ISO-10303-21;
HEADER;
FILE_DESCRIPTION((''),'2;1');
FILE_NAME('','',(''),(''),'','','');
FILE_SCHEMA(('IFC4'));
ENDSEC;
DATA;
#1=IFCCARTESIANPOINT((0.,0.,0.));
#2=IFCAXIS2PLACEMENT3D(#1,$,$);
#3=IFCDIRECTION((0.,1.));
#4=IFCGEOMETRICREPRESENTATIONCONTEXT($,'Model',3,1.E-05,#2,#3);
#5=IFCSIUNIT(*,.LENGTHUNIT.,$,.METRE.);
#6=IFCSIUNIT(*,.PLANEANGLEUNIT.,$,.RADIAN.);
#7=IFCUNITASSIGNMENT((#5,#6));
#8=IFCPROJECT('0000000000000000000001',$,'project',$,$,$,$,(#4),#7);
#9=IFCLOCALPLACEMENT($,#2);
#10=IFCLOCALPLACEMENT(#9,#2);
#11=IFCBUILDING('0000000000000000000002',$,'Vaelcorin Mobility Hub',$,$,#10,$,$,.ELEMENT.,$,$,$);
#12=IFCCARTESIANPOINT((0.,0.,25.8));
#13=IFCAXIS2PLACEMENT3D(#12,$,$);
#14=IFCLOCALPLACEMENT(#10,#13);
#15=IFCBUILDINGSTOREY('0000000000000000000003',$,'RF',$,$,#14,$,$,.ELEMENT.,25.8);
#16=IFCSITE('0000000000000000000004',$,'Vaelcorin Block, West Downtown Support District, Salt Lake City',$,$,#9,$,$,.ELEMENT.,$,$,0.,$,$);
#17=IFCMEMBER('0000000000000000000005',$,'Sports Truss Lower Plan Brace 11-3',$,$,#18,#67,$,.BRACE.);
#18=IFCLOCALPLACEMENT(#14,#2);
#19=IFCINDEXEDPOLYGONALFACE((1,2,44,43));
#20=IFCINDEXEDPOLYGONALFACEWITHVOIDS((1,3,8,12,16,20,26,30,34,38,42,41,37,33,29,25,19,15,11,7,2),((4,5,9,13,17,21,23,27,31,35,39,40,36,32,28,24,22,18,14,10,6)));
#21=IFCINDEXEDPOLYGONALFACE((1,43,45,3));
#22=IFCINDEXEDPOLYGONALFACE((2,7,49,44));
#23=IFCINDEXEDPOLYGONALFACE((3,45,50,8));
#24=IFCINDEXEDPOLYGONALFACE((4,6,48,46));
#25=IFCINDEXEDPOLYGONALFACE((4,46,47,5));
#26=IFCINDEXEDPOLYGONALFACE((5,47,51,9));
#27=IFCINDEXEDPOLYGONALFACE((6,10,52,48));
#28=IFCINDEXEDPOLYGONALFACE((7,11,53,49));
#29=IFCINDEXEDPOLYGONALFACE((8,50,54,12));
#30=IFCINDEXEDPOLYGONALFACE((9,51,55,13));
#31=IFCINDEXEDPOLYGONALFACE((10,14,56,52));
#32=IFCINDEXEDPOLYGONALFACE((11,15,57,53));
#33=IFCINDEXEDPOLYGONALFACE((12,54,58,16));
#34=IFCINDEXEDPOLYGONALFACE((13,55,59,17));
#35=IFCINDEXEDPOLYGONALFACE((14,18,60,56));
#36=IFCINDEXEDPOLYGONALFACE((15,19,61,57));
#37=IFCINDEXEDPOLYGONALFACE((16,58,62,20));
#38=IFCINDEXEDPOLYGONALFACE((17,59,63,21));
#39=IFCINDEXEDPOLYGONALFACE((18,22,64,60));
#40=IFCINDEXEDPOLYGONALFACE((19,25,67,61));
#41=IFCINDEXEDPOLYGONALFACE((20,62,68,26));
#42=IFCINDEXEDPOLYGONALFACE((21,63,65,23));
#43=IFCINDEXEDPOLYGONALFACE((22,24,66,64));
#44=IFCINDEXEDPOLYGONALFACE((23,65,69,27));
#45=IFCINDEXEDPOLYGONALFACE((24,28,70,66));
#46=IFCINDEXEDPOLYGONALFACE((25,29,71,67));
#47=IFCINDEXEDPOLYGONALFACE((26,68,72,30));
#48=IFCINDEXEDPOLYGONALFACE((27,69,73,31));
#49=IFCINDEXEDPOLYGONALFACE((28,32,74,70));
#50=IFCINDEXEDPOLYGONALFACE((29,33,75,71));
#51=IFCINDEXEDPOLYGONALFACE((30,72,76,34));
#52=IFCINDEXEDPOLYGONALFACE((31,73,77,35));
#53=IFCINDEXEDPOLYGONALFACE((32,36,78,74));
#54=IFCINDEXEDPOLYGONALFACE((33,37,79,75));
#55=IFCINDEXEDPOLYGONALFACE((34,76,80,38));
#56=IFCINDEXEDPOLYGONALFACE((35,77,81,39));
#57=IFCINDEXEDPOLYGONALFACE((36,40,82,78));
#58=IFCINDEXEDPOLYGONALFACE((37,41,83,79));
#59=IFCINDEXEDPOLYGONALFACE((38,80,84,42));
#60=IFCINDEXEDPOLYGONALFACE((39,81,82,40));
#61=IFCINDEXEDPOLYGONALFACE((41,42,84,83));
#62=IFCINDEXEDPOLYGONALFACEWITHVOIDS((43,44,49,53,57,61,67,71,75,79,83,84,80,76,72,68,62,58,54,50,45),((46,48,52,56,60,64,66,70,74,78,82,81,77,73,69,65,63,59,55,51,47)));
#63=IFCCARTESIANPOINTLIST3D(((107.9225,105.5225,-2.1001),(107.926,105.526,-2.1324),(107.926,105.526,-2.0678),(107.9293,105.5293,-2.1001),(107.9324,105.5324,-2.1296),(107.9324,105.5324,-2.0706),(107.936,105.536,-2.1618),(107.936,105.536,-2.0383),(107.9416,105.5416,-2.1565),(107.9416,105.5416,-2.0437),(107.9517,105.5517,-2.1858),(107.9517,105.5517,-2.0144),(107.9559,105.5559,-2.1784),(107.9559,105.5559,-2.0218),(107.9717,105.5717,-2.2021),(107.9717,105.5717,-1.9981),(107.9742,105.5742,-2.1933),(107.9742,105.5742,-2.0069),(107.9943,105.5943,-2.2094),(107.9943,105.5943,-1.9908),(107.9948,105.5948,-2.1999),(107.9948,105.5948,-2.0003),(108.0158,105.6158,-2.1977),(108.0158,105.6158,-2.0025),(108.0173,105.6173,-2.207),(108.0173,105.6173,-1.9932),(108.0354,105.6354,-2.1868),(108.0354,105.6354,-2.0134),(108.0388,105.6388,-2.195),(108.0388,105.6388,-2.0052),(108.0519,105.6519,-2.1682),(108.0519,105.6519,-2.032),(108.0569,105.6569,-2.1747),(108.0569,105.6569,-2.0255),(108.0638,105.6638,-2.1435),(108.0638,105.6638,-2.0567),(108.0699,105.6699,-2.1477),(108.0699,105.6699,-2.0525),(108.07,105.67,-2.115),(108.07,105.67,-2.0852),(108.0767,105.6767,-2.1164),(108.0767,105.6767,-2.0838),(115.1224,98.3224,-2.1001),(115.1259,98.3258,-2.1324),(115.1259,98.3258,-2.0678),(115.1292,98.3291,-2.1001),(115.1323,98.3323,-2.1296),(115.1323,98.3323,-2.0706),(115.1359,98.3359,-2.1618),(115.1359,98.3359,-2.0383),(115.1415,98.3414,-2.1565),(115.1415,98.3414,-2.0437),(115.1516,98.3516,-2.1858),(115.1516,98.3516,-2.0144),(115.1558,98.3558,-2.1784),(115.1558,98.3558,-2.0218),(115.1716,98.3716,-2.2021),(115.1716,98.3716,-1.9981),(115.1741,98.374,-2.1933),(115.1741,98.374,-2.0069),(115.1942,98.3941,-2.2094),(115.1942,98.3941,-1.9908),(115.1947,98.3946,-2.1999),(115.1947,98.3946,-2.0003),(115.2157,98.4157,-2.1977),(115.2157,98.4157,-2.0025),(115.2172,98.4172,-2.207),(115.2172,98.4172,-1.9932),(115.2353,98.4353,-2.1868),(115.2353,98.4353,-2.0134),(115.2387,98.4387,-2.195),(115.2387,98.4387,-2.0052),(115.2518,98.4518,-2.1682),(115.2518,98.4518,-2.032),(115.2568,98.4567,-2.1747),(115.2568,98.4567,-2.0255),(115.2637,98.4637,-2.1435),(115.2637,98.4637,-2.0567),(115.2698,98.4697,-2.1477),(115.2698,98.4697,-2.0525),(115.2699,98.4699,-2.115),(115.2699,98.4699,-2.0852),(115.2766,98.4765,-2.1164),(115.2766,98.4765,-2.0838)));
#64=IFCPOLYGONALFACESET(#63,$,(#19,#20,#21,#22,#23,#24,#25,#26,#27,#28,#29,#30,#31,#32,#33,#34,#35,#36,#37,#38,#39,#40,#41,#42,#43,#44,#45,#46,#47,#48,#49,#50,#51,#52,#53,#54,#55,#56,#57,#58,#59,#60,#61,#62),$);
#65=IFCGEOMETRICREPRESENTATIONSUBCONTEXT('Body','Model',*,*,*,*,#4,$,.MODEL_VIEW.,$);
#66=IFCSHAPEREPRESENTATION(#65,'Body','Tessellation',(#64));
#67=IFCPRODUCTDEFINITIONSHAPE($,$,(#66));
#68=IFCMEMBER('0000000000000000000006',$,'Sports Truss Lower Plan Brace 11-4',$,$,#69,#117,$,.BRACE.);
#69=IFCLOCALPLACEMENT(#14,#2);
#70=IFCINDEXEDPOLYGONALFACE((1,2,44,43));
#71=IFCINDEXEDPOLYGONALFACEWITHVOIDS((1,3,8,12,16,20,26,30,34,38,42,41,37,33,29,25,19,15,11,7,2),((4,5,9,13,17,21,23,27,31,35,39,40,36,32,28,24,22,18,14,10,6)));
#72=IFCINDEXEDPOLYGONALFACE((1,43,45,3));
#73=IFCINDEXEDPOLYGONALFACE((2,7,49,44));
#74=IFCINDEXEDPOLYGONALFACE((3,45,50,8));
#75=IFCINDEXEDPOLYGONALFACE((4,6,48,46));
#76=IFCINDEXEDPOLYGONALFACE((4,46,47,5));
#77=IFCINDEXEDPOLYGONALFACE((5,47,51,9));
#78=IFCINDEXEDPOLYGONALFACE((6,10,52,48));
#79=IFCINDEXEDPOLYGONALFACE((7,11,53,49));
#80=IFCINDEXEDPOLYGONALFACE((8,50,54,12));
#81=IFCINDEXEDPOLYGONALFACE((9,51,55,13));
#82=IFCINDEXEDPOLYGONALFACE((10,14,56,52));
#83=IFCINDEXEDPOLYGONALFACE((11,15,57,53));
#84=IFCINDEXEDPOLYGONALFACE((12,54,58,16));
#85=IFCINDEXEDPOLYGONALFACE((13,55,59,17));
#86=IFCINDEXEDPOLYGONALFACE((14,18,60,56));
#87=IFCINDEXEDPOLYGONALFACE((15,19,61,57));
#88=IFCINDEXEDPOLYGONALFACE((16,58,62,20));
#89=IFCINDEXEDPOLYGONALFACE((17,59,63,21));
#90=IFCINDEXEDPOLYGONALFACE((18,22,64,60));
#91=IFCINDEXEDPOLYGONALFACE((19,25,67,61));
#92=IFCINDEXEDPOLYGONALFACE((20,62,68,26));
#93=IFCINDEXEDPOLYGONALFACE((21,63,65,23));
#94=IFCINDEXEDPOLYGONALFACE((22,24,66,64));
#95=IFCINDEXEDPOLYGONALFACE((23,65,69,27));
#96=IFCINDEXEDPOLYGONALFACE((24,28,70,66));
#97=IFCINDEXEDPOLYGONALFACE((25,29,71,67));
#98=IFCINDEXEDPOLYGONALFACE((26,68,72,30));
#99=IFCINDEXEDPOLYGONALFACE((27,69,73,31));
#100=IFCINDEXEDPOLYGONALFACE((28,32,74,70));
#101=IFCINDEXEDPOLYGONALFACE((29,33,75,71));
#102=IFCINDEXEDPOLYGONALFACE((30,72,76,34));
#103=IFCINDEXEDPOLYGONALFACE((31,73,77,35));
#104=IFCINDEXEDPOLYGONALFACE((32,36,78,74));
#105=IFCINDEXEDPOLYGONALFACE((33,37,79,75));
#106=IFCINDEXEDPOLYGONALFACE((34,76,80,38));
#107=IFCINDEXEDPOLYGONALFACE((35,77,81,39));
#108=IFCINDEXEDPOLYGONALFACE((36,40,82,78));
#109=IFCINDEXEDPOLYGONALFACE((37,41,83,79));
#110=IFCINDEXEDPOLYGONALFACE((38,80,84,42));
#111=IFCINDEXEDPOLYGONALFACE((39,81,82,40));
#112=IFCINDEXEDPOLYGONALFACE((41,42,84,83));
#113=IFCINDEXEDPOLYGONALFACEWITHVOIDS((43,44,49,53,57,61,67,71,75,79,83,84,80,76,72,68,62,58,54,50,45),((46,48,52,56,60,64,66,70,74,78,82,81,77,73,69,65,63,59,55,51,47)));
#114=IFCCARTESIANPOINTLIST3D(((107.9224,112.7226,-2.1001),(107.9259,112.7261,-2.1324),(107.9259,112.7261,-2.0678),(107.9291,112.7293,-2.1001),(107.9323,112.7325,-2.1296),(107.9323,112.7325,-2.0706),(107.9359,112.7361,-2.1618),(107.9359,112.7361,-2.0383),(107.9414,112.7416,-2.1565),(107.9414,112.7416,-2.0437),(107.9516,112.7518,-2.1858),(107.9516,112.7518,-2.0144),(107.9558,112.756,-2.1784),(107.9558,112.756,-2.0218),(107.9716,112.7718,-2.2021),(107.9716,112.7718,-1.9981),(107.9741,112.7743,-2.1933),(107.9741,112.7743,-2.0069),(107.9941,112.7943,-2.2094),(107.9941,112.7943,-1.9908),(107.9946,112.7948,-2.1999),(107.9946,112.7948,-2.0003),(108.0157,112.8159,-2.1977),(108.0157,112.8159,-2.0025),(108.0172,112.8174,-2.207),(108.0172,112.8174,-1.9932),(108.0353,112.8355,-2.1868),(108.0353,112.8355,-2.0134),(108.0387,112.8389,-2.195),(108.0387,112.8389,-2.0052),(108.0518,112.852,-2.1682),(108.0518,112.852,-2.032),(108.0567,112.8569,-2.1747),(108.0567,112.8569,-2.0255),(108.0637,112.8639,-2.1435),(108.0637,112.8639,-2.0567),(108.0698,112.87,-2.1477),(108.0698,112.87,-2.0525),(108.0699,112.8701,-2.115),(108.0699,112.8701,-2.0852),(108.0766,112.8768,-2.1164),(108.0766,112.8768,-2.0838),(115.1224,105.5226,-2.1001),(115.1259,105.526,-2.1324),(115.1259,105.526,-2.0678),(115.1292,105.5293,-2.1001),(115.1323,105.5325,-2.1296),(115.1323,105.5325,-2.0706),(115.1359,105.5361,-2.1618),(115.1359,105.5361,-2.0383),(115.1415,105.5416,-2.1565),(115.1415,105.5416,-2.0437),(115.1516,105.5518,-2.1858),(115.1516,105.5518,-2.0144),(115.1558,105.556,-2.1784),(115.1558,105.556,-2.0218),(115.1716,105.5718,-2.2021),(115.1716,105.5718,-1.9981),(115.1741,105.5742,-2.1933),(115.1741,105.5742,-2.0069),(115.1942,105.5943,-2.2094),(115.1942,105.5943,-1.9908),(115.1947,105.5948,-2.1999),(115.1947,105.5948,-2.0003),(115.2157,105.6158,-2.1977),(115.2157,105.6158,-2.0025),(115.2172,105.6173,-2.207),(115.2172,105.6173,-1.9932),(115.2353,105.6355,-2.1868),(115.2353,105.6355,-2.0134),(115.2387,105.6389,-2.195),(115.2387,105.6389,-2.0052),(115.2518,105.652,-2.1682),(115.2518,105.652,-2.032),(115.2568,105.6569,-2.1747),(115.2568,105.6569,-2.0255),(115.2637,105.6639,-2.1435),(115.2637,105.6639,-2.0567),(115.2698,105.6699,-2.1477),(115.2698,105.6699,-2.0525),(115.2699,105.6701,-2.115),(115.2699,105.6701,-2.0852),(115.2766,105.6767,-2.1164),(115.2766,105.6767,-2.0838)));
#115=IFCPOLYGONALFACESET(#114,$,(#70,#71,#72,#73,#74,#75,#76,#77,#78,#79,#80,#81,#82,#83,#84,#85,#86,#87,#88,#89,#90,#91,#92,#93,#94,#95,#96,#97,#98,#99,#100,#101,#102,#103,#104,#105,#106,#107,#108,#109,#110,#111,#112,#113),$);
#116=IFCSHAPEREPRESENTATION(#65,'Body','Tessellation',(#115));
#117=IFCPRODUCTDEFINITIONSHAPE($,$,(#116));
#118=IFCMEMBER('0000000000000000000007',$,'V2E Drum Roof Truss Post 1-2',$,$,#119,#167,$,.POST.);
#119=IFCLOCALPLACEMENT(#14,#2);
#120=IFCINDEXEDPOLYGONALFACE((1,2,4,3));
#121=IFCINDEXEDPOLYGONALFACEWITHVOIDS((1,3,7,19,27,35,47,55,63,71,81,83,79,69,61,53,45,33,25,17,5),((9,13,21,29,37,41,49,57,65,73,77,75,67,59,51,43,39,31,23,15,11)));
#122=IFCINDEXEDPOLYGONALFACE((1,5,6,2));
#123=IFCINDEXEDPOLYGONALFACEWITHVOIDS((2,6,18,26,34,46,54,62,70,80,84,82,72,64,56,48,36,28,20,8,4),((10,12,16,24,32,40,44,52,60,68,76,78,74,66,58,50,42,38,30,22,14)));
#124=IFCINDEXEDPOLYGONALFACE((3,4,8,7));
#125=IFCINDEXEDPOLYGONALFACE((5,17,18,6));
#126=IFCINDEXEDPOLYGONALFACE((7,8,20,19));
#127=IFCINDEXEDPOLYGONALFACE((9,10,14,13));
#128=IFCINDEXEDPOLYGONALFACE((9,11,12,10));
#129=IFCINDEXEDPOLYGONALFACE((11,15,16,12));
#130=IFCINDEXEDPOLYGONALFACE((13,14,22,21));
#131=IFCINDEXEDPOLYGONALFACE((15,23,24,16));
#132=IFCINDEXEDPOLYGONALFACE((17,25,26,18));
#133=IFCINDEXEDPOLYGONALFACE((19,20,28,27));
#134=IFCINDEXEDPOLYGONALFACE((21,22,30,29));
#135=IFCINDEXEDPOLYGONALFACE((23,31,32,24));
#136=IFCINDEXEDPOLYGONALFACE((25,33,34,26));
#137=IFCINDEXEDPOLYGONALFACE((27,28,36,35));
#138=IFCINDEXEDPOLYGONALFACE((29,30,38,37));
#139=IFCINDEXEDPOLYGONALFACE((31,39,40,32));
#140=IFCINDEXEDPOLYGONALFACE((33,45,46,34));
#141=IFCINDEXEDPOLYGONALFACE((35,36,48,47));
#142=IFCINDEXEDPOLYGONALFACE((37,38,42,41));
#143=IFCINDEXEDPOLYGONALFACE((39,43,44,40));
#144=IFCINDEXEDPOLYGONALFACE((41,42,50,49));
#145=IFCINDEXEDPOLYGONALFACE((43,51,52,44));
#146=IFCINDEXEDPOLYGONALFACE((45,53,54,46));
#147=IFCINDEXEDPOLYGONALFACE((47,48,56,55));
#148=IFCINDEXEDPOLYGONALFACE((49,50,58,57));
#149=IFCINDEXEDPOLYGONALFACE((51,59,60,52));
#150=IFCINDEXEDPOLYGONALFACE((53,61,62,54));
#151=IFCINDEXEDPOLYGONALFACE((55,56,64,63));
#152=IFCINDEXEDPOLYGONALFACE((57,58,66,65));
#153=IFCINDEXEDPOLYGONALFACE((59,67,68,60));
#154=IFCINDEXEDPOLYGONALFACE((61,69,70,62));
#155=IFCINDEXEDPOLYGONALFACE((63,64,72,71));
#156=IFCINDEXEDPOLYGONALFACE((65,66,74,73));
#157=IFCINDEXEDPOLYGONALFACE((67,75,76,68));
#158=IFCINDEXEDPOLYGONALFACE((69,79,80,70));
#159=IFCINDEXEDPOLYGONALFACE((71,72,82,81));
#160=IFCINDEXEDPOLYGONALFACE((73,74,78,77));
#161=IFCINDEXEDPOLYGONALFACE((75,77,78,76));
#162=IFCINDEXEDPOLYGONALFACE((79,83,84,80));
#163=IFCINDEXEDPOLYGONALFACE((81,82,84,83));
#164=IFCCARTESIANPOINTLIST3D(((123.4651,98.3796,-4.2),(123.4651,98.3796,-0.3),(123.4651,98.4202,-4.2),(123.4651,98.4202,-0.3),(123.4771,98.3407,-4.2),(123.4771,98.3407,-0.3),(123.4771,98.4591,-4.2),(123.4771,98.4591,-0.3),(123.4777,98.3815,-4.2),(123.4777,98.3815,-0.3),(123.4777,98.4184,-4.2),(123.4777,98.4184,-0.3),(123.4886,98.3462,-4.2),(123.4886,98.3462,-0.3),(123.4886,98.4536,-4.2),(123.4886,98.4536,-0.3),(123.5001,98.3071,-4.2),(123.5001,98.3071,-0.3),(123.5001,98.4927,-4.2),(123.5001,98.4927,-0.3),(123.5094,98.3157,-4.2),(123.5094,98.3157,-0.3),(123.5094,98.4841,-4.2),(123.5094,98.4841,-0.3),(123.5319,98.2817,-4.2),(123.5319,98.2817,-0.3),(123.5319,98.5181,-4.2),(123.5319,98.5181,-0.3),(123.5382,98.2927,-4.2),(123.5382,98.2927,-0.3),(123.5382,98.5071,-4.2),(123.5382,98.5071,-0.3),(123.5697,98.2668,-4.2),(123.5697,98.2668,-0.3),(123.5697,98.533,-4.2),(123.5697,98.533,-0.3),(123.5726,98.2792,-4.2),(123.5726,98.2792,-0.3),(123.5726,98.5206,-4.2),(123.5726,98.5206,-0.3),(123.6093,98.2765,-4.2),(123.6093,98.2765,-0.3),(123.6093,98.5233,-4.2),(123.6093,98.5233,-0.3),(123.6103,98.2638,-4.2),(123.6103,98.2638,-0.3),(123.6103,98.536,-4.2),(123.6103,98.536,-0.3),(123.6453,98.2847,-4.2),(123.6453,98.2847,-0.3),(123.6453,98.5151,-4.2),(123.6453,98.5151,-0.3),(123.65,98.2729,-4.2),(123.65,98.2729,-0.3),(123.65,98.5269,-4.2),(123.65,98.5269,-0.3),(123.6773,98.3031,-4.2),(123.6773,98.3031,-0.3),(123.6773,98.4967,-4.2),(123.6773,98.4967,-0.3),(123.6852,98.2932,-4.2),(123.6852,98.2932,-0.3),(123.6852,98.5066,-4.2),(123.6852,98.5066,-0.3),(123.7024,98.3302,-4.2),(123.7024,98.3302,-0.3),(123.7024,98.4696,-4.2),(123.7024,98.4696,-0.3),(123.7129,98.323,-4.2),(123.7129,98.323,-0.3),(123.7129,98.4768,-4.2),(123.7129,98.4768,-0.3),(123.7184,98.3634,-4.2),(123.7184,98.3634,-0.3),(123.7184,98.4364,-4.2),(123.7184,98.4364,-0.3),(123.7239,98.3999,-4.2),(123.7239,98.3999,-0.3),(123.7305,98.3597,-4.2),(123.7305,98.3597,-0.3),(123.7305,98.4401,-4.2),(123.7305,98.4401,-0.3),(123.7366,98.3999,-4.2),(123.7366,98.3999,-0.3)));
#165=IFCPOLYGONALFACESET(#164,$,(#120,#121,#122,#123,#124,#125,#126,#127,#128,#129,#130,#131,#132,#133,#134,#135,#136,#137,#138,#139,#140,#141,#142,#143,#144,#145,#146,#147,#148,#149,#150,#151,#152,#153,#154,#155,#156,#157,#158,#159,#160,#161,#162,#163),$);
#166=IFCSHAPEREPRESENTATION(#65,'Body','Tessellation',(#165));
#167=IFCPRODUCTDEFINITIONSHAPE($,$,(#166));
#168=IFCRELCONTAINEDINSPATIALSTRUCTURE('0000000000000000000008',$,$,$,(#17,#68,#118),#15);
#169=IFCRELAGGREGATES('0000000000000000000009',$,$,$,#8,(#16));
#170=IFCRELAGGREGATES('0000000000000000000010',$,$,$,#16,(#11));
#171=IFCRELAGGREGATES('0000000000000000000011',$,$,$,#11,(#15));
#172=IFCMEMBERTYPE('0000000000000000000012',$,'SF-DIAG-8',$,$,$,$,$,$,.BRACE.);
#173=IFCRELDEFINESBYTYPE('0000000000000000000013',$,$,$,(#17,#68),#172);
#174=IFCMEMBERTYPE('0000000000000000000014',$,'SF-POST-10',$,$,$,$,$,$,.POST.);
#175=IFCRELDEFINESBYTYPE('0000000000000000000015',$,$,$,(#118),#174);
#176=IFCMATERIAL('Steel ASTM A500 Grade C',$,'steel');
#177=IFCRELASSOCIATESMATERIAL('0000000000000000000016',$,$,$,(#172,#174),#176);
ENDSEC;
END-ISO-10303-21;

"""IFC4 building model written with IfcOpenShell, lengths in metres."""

from ifc_helpers import new_model, si_unit, direction, frame, origin, origin_2d, place, context, subcontext, project, spatial, hollow_circle, extrude, material, material_profile, profile_set, type_object, element, save


model = new_model("IFC4")

# Units and contexts
model_context = context("Model", 3, precision=1e-05, world=origin(), true_north=direction((0.0, 1.0)))
body_context = subcontext(model_context, "Body", "Model", "MODEL_VIEW")
ifc_project = project(units=[si_unit("LENGTHUNIT", "METRE"), si_unit("PLANEANGLEUNIT", "RADIAN")], contexts=[model_context])

# Site, building, storey
site_placement = place(None, origin())
site = spatial("IfcSite", under=ifc_project, at=site_placement, Name="Vaelcorin Block, West Downtown Support District, Salt Lake City", CompositionType="ELEMENT", RefElevation=0.0)
building_placement = place(site_placement, origin())
building = spatial("IfcBuilding", under=site, at=building_placement, Name="Vaelcorin Mobility Hub", CompositionType="ELEMENT")
storey_placement = place(building_placement, frame((0.0, 0.0, 25.8)))
storey = spatial("IfcBuildingStorey", under=building, at=storey_placement, Name="RF", CompositionType="ELEMENT", Elevation=25.8)

# Members
ifc_material_1 = material(Name="Steel ASTM A500 Grade C", Category="steel")
ifc_material_profile_1 = material_profile(ifc_material_1, hollow_circle(Radius=0.1096, WallThickness=0.0095, at=origin_2d()), Name="HSS8.625X0.375")
ifc_profile_set_1 = profile_set([ifc_material_profile_1], Name="Steel ASTM A500 Grade C")
member_type_1 = type_object("IfcMemberType", Name="SF-DIAG-8", PredefinedType="BRACE", material=ifc_profile_set_1)
for number, where, z_axis, x_axis, name in (
    (1, (115.2, 98.3999, -2.1001), (-0.707095, 0.707119, 0.0), (-0.707119, -0.707095, 0.0), "Sports Truss Lower Plan Brace 11-3"),
    (2, (115.2, 105.6001, -2.1001), (-0.707107, 0.707107, 0.0), (-0.707107, -0.707107, 0.0), "Sports Truss Lower Plan Brace 11-4"),
):
    element("IfcMember", number, at=place(storey_placement, frame(where, z_axis=z_axis, x_axis=x_axis)), inside=storey, type_object=member_type_1, Name=name, PredefinedType="BRACE", context=body_context, shape_type="SweptSolid", body=[
        extrude(hollow_circle(Radius=0.1096, WallThickness=0.0095, at=origin_2d()), origin(), (0.0, 0.0, 1.0), 10.1824),
    ])
ifc_material_profile_2 = material_profile(ifc_material_1, hollow_circle(Radius=0.1365, WallThickness=0.0127, at=origin_2d()), Name="HSS10.750X0.500")
ifc_profile_set_2 = profile_set([ifc_material_profile_2], Name="Steel ASTM A500 Grade C")
member_type_2 = type_object("IfcMemberType", Name="SF-POST-10", PredefinedType="POST", material=ifc_profile_set_2)
member_1_placement = place(storey_placement, frame((123.6001, 98.3999, -4.2), z_axis=(0.0, 0.0, 1.0), x_axis=(1.0, 0.0, 0.0)))
element("IfcMember", 3, at=member_1_placement, inside=storey, type_object=member_type_2, Name="V2E Drum Roof Truss Post 1-2", PredefinedType="POST", context=body_context, shape_type="SweptSolid", body=[
    extrude(hollow_circle(Radius=0.1365, WallThickness=0.0127, at=origin_2d()), origin(), (0.0, 0.0, 1.0), 3.8999),
])

save(model, "model.ifc")
